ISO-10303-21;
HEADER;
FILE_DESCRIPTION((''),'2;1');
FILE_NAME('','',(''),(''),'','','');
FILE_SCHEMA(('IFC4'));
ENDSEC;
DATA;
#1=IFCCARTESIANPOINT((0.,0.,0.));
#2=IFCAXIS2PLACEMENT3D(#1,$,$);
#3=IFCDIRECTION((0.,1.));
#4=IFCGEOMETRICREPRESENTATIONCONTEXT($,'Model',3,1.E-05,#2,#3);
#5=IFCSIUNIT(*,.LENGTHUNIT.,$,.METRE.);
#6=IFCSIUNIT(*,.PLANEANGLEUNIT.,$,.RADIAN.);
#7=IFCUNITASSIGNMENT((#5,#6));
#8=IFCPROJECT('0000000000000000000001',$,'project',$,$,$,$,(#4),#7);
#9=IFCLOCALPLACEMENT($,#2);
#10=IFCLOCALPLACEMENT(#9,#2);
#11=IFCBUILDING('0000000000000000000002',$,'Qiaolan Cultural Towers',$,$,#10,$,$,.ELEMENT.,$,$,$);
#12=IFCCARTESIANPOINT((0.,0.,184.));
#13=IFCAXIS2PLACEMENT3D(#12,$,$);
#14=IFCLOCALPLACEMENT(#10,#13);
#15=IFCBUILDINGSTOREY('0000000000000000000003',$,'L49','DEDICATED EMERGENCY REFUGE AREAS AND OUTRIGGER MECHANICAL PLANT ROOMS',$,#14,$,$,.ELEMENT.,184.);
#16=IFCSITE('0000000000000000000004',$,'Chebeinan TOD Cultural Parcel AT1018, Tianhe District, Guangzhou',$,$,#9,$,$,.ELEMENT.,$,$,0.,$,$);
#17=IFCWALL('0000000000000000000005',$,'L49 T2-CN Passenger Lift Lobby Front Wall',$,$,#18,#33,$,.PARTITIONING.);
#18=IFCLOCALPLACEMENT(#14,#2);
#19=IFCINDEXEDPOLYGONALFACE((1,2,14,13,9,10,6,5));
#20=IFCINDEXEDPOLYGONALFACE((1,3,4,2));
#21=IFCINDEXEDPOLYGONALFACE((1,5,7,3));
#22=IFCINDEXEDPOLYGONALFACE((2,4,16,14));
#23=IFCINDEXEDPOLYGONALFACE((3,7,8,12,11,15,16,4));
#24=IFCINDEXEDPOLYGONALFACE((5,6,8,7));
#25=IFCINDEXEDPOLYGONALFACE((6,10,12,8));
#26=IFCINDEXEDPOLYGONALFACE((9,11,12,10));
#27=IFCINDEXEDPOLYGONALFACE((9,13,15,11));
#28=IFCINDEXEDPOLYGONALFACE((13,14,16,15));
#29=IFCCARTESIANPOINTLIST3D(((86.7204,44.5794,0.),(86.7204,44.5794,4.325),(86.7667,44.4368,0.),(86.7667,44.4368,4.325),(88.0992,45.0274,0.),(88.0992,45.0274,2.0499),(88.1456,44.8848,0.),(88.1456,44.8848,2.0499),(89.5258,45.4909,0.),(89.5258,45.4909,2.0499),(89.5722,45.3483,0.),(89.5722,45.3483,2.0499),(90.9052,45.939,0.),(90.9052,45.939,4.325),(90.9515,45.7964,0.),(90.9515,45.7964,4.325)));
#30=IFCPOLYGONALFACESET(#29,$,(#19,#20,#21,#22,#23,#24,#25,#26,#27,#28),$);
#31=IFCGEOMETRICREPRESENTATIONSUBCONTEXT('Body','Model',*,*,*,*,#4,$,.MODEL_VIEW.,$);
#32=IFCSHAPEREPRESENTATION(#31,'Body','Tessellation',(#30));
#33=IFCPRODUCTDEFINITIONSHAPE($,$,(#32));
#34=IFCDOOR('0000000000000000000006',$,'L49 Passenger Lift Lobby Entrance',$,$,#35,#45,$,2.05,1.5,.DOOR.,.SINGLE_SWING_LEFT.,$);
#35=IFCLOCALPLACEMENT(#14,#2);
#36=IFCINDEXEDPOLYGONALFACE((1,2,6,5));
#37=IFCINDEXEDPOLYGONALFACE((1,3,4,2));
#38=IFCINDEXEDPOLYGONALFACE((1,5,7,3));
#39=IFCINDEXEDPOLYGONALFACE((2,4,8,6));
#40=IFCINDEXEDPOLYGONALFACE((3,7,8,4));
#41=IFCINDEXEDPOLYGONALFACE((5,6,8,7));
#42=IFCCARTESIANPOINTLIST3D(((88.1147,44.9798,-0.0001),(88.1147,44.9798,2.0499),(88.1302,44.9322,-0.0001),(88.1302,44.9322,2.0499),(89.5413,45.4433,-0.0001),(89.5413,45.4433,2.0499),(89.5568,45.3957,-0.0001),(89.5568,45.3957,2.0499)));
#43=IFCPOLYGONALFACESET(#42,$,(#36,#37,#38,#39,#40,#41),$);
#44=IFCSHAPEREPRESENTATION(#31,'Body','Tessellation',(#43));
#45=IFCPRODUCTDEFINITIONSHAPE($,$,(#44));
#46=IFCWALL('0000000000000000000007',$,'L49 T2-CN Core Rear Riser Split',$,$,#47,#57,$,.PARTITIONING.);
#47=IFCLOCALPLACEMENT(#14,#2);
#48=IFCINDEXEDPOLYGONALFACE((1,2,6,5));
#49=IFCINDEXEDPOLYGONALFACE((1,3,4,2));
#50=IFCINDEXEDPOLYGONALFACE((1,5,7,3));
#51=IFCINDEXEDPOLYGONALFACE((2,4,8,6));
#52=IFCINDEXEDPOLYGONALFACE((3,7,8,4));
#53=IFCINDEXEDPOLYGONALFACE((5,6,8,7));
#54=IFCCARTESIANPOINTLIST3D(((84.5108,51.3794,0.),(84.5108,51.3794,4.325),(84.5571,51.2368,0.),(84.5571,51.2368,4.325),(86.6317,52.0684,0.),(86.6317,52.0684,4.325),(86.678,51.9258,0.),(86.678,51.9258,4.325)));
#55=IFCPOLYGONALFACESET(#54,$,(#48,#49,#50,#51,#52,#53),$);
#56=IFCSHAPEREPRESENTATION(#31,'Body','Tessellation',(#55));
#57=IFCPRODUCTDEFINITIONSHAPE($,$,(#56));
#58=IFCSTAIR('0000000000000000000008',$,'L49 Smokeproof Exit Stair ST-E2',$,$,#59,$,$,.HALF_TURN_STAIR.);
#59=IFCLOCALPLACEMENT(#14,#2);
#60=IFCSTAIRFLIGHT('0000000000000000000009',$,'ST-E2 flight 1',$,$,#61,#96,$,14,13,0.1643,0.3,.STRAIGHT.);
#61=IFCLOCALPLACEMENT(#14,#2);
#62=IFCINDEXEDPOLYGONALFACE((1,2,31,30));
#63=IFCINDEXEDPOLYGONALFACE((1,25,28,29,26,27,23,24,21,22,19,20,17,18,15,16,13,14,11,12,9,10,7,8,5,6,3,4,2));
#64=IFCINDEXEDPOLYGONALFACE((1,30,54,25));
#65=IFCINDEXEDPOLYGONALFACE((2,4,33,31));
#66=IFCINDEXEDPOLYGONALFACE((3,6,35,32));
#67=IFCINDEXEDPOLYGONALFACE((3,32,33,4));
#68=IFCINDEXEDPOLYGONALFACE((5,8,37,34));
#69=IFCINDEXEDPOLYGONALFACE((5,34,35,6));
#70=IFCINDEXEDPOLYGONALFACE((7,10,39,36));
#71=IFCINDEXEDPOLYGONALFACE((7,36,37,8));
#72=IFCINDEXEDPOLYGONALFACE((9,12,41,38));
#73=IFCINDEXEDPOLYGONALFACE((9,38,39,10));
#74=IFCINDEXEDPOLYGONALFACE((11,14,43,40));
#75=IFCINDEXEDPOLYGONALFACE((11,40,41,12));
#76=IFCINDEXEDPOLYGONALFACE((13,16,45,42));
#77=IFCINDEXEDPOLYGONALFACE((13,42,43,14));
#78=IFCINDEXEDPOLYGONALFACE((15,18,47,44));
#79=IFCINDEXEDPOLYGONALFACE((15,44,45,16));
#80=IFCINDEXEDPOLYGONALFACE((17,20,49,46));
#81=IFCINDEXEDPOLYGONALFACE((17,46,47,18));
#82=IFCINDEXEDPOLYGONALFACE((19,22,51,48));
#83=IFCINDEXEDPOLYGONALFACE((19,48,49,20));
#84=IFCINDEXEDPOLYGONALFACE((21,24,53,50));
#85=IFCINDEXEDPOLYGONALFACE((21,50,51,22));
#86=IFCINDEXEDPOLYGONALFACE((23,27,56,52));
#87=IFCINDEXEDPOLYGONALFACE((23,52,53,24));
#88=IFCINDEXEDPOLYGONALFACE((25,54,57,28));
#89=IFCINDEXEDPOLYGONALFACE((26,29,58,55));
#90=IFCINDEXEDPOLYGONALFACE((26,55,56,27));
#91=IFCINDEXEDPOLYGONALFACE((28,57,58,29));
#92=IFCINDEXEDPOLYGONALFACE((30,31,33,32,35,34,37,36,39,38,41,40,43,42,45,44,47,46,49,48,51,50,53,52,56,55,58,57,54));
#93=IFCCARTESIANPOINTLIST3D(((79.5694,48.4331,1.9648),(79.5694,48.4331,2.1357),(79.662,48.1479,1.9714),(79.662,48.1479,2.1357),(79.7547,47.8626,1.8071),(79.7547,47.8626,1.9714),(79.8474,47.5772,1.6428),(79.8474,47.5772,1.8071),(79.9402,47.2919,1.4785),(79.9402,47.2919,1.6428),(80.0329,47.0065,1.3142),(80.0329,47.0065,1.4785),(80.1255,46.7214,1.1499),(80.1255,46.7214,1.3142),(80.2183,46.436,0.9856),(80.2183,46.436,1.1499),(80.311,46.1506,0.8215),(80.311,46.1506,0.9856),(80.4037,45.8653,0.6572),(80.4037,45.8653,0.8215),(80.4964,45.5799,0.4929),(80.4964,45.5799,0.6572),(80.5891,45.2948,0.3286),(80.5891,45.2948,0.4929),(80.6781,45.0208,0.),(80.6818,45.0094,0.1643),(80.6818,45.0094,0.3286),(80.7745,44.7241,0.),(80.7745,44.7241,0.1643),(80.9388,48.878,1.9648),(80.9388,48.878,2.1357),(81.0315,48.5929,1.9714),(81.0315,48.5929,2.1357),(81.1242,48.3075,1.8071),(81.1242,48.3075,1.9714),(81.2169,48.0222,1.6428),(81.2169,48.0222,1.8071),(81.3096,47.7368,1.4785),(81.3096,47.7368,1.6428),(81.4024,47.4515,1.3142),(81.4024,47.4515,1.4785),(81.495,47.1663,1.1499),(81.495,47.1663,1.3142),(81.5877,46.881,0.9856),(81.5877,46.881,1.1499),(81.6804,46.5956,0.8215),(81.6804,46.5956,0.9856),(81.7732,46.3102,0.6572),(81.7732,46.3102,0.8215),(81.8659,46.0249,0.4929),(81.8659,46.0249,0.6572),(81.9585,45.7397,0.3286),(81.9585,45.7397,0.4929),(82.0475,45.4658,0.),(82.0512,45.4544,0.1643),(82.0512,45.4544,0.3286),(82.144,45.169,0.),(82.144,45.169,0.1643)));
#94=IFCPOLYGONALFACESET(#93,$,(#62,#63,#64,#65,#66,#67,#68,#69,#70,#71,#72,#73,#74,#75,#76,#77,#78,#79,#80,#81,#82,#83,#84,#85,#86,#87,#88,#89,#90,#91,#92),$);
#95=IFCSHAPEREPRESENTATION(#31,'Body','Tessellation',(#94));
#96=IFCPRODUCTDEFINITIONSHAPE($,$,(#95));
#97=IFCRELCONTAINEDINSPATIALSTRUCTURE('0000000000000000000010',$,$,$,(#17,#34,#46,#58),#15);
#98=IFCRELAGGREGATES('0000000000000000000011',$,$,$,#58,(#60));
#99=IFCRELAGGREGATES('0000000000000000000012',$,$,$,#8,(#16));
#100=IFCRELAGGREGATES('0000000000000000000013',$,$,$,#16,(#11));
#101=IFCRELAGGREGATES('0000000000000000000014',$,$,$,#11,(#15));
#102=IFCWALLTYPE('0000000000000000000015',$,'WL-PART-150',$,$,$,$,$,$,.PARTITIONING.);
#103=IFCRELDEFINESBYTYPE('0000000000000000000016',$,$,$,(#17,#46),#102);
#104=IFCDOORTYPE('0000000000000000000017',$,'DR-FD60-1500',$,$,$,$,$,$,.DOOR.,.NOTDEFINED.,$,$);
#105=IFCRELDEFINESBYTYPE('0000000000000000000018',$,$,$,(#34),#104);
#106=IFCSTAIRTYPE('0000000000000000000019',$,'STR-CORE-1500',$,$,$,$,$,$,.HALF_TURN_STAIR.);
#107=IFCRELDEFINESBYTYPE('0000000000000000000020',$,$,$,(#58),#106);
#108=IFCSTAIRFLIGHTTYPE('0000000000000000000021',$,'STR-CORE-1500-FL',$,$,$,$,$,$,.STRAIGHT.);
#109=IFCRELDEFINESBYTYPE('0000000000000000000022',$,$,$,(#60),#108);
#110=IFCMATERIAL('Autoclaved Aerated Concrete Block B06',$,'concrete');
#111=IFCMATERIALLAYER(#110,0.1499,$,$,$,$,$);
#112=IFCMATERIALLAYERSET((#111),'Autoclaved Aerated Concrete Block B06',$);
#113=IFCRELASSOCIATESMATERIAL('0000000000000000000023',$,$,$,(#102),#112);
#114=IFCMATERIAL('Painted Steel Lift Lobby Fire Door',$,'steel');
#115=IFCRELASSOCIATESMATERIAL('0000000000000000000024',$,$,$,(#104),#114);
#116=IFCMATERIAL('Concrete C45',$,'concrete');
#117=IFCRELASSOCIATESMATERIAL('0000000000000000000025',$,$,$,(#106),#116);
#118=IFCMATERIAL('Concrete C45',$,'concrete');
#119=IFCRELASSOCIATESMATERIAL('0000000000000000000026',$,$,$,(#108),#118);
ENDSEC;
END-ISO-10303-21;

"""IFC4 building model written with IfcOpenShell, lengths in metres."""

from ifc_helpers import new_model, si_unit, direction, frame, frame_2d, origin, place, context, subcontext, project, spatial, polyline, rectangle, outline, extrude, material, layer, layer_set, type_object, element, fill, aggregate, save


model = new_model("IFC4")

# Units and contexts
model_context = context("Model", 3, precision=1e-05, world=origin(), true_north=direction((0.0, 1.0)))
body_context = subcontext(model_context, "Body", "Model", "MODEL_VIEW")
ifc_project = project(units=[si_unit("LENGTHUNIT", "METRE"), si_unit("PLANEANGLEUNIT", "RADIAN")], contexts=[model_context])

# Site, building, storey
site_placement = place(None, origin())
site = spatial("IfcSite", under=ifc_project, at=site_placement, Name="Chebeinan TOD Cultural Parcel AT1018, Tianhe District, Guangzhou", CompositionType="ELEMENT", RefElevation=0.0)
building_placement = place(site_placement, origin())
building = spatial("IfcBuilding", under=site, at=building_placement, Name="Qiaolan Cultural Towers", CompositionType="ELEMENT")
storey_placement = place(building_placement, frame((0.0, 0.0, 184.0)))
storey = spatial("IfcBuildingStorey", under=building, at=storey_placement, Name="L49", Description="DEDICATED EMERGENCY REFUGE AREAS AND OUTRIGGER MECHANICAL PLANT ROOMS", CompositionType="ELEMENT", Elevation=184.0)

# Wall, opening, door
ifc_material_1 = material(Name="Autoclaved Aerated Concrete Block B06", Category="concrete")
ifc_layer_1 = layer(ifc_material_1, 0.1499)
ifc_layer_set_1 = layer_set([ifc_layer_1], Name="Autoclaved Aerated Concrete Block B06")
wall_type_1 = type_object("IfcWallType", Name="WL-PART-150", PredefinedType="PARTITIONING", material=ifc_layer_set_1)
wall_1_placement = place(storey_placement, frame((86.7434, 44.5081, 0.0), z_axis=(0.0, 0.0, 1.0), x_axis=(0.951064, 0.308994, 0.0)))
wall_1 = element("IfcWall", 1, at=wall_1_placement, inside=storey, type_object=wall_type_1, Name="L49 T2-CN Passenger Lift Lobby Front Wall", PredefinedType="PARTITIONING", context=body_context, shape_type="SweptSolid", body=[
    extrude(rectangle(XDim=4.4001, YDim=0.1499, at=frame_2d((2.2002, 0.0))), origin(), (0.0, 0.0, 1.0), 4.325),
])
opening_1_placement = place(wall_1_placement, frame((1.45, 0.0, 0.0)))
opening_1 = element("IfcOpeningElement", 2, at=opening_1_placement, cuts=wall_1, PredefinedType="OPENING", context=body_context, shape_type="SweptSolid", body=[
    extrude(rectangle(XDim=1.5, YDim=2.05, at=frame_2d((0.75, 1.0249))), frame((0.0, 0.085, 0.0), z_axis=(0.0, -1.0, 0.0), x_axis=(1.0, 0.0, 0.0)), (0.0, 0.0, 1.0), 0.1699),
])
ifc_material_2 = material(Name="Painted Steel Lift Lobby Fire Door", Category="steel")
door_type_1 = type_object("IfcDoorType", Name="DR-FD60-1500", OperationType="NOTDEFINED", PredefinedType="DOOR", material=ifc_material_2)
door_1_placement = place(opening_1_placement, origin())
door_1 = element("IfcDoor", 3, at=door_1_placement, inside=storey, type_object=door_type_1, Name="L49 Passenger Lift Lobby Entrance", OperationType="SINGLE_SWING_LEFT", OverallHeight=2.05, OverallWidth=1.5, PredefinedType="DOOR", context=body_context, shape_type="SweptSolid", body=[
    extrude(rectangle(XDim=1.5, YDim=2.05, at=frame_2d((0.75, 1.0249))), frame((0.0, 0.0249, 0.0), z_axis=(0.0, -1.0, 0.0), x_axis=(1.0, 0.0, 0.0)), (0.0, 0.0, 1.0), 0.05),
])
fill(opening_1, door_1)

# Wall
wall_2_placement = place(storey_placement, frame((84.5339, 51.3081, 0.0), z_axis=(0.0, 0.0, 1.0), x_axis=(0.951075, 0.30896, 0.0)))
element("IfcWall", 4, at=wall_2_placement, inside=storey, type_object=wall_type_1, Name="L49 T2-CN Core Rear Riser Split", PredefinedType="PARTITIONING", context=body_context, shape_type="SweptSolid", body=[
    extrude(rectangle(XDim=2.23, YDim=0.1499, at=frame_2d((1.115, 0.0))), origin(), (0.0, 0.0, 1.0), 4.325),
])

# Stair, stair flight
ifc_material_3 = material(Name="Concrete C45", Category="concrete")
stair_type = type_object("IfcStairType", Name="STR-CORE-1500", PredefinedType="HALF_TURN_STAIR", material=ifc_material_3)
stair_placement = place(storey_placement, origin())
stair = element("IfcStair", 5, at=stair_placement, inside=storey, type_object=stair_type, Name="L49 Smokeproof Exit Stair ST-E2", PredefinedType="HALF_TURN_STAIR")
ifc_material_4 = material(Name="Concrete C45", Category="concrete")
stair_flight_type = type_object("IfcStairFlightType", Name="STR-CORE-1500-FL", PredefinedType="STRAIGHT", material=ifc_material_4)
stair_flight_placement = place(storey_placement, frame((81.4592, 44.9465, 0.0), z_axis=(0.0, 0.0, 1.0), x_axis=(-0.309017, 0.951057, 0.0)))
stair_flight = element("IfcStairFlight", 6, at=stair_flight_placement, type_object=stair_flight_type, Name="ST-E2 flight 1", NumberOfRisers=14, NumberOfTreads=13, PredefinedType="STRAIGHT", RiserHeight=0.1643, TreadLength=0.3, context=body_context, shape_type="SweptSolid", body=[
    extrude(outline(polyline([(0.0, 0.0), (0.0, 0.1643), (0.3, 0.1643), (0.3, 0.3286), (0.6001, 0.3286), (0.6001, 0.4929), (0.8999, 0.4929), (0.8999, 0.6572), (1.2, 0.6572), (1.2, 0.8215), (1.5, 0.8215), (1.5, 0.9856), (1.8, 0.9856), (1.8, 1.1499), (2.1001, 1.1499), (2.1001, 1.3142), (2.3999, 1.3142), (2.3999, 1.4785), (2.7, 1.4785), (2.7, 1.6428), (3.0, 1.6428), (3.0, 1.8071), (3.3, 1.8071), (3.3, 1.9714), (3.6001, 1.9714), (3.6001, 2.1357), (3.8999, 2.1357), (3.8999, 2.3), (3.8999, 1.9648), (0.312, 0.0), (0.0, 0.0)])), frame((0.0, 0.72, 0.0), z_axis=(0.0, -1.0, 0.0), x_axis=(1.0, 0.0, 0.0)), (0.0, 0.0, 1.0), 1.4399),
])
aggregate(stair, [stair_flight])

save(model, "model.ifc")
